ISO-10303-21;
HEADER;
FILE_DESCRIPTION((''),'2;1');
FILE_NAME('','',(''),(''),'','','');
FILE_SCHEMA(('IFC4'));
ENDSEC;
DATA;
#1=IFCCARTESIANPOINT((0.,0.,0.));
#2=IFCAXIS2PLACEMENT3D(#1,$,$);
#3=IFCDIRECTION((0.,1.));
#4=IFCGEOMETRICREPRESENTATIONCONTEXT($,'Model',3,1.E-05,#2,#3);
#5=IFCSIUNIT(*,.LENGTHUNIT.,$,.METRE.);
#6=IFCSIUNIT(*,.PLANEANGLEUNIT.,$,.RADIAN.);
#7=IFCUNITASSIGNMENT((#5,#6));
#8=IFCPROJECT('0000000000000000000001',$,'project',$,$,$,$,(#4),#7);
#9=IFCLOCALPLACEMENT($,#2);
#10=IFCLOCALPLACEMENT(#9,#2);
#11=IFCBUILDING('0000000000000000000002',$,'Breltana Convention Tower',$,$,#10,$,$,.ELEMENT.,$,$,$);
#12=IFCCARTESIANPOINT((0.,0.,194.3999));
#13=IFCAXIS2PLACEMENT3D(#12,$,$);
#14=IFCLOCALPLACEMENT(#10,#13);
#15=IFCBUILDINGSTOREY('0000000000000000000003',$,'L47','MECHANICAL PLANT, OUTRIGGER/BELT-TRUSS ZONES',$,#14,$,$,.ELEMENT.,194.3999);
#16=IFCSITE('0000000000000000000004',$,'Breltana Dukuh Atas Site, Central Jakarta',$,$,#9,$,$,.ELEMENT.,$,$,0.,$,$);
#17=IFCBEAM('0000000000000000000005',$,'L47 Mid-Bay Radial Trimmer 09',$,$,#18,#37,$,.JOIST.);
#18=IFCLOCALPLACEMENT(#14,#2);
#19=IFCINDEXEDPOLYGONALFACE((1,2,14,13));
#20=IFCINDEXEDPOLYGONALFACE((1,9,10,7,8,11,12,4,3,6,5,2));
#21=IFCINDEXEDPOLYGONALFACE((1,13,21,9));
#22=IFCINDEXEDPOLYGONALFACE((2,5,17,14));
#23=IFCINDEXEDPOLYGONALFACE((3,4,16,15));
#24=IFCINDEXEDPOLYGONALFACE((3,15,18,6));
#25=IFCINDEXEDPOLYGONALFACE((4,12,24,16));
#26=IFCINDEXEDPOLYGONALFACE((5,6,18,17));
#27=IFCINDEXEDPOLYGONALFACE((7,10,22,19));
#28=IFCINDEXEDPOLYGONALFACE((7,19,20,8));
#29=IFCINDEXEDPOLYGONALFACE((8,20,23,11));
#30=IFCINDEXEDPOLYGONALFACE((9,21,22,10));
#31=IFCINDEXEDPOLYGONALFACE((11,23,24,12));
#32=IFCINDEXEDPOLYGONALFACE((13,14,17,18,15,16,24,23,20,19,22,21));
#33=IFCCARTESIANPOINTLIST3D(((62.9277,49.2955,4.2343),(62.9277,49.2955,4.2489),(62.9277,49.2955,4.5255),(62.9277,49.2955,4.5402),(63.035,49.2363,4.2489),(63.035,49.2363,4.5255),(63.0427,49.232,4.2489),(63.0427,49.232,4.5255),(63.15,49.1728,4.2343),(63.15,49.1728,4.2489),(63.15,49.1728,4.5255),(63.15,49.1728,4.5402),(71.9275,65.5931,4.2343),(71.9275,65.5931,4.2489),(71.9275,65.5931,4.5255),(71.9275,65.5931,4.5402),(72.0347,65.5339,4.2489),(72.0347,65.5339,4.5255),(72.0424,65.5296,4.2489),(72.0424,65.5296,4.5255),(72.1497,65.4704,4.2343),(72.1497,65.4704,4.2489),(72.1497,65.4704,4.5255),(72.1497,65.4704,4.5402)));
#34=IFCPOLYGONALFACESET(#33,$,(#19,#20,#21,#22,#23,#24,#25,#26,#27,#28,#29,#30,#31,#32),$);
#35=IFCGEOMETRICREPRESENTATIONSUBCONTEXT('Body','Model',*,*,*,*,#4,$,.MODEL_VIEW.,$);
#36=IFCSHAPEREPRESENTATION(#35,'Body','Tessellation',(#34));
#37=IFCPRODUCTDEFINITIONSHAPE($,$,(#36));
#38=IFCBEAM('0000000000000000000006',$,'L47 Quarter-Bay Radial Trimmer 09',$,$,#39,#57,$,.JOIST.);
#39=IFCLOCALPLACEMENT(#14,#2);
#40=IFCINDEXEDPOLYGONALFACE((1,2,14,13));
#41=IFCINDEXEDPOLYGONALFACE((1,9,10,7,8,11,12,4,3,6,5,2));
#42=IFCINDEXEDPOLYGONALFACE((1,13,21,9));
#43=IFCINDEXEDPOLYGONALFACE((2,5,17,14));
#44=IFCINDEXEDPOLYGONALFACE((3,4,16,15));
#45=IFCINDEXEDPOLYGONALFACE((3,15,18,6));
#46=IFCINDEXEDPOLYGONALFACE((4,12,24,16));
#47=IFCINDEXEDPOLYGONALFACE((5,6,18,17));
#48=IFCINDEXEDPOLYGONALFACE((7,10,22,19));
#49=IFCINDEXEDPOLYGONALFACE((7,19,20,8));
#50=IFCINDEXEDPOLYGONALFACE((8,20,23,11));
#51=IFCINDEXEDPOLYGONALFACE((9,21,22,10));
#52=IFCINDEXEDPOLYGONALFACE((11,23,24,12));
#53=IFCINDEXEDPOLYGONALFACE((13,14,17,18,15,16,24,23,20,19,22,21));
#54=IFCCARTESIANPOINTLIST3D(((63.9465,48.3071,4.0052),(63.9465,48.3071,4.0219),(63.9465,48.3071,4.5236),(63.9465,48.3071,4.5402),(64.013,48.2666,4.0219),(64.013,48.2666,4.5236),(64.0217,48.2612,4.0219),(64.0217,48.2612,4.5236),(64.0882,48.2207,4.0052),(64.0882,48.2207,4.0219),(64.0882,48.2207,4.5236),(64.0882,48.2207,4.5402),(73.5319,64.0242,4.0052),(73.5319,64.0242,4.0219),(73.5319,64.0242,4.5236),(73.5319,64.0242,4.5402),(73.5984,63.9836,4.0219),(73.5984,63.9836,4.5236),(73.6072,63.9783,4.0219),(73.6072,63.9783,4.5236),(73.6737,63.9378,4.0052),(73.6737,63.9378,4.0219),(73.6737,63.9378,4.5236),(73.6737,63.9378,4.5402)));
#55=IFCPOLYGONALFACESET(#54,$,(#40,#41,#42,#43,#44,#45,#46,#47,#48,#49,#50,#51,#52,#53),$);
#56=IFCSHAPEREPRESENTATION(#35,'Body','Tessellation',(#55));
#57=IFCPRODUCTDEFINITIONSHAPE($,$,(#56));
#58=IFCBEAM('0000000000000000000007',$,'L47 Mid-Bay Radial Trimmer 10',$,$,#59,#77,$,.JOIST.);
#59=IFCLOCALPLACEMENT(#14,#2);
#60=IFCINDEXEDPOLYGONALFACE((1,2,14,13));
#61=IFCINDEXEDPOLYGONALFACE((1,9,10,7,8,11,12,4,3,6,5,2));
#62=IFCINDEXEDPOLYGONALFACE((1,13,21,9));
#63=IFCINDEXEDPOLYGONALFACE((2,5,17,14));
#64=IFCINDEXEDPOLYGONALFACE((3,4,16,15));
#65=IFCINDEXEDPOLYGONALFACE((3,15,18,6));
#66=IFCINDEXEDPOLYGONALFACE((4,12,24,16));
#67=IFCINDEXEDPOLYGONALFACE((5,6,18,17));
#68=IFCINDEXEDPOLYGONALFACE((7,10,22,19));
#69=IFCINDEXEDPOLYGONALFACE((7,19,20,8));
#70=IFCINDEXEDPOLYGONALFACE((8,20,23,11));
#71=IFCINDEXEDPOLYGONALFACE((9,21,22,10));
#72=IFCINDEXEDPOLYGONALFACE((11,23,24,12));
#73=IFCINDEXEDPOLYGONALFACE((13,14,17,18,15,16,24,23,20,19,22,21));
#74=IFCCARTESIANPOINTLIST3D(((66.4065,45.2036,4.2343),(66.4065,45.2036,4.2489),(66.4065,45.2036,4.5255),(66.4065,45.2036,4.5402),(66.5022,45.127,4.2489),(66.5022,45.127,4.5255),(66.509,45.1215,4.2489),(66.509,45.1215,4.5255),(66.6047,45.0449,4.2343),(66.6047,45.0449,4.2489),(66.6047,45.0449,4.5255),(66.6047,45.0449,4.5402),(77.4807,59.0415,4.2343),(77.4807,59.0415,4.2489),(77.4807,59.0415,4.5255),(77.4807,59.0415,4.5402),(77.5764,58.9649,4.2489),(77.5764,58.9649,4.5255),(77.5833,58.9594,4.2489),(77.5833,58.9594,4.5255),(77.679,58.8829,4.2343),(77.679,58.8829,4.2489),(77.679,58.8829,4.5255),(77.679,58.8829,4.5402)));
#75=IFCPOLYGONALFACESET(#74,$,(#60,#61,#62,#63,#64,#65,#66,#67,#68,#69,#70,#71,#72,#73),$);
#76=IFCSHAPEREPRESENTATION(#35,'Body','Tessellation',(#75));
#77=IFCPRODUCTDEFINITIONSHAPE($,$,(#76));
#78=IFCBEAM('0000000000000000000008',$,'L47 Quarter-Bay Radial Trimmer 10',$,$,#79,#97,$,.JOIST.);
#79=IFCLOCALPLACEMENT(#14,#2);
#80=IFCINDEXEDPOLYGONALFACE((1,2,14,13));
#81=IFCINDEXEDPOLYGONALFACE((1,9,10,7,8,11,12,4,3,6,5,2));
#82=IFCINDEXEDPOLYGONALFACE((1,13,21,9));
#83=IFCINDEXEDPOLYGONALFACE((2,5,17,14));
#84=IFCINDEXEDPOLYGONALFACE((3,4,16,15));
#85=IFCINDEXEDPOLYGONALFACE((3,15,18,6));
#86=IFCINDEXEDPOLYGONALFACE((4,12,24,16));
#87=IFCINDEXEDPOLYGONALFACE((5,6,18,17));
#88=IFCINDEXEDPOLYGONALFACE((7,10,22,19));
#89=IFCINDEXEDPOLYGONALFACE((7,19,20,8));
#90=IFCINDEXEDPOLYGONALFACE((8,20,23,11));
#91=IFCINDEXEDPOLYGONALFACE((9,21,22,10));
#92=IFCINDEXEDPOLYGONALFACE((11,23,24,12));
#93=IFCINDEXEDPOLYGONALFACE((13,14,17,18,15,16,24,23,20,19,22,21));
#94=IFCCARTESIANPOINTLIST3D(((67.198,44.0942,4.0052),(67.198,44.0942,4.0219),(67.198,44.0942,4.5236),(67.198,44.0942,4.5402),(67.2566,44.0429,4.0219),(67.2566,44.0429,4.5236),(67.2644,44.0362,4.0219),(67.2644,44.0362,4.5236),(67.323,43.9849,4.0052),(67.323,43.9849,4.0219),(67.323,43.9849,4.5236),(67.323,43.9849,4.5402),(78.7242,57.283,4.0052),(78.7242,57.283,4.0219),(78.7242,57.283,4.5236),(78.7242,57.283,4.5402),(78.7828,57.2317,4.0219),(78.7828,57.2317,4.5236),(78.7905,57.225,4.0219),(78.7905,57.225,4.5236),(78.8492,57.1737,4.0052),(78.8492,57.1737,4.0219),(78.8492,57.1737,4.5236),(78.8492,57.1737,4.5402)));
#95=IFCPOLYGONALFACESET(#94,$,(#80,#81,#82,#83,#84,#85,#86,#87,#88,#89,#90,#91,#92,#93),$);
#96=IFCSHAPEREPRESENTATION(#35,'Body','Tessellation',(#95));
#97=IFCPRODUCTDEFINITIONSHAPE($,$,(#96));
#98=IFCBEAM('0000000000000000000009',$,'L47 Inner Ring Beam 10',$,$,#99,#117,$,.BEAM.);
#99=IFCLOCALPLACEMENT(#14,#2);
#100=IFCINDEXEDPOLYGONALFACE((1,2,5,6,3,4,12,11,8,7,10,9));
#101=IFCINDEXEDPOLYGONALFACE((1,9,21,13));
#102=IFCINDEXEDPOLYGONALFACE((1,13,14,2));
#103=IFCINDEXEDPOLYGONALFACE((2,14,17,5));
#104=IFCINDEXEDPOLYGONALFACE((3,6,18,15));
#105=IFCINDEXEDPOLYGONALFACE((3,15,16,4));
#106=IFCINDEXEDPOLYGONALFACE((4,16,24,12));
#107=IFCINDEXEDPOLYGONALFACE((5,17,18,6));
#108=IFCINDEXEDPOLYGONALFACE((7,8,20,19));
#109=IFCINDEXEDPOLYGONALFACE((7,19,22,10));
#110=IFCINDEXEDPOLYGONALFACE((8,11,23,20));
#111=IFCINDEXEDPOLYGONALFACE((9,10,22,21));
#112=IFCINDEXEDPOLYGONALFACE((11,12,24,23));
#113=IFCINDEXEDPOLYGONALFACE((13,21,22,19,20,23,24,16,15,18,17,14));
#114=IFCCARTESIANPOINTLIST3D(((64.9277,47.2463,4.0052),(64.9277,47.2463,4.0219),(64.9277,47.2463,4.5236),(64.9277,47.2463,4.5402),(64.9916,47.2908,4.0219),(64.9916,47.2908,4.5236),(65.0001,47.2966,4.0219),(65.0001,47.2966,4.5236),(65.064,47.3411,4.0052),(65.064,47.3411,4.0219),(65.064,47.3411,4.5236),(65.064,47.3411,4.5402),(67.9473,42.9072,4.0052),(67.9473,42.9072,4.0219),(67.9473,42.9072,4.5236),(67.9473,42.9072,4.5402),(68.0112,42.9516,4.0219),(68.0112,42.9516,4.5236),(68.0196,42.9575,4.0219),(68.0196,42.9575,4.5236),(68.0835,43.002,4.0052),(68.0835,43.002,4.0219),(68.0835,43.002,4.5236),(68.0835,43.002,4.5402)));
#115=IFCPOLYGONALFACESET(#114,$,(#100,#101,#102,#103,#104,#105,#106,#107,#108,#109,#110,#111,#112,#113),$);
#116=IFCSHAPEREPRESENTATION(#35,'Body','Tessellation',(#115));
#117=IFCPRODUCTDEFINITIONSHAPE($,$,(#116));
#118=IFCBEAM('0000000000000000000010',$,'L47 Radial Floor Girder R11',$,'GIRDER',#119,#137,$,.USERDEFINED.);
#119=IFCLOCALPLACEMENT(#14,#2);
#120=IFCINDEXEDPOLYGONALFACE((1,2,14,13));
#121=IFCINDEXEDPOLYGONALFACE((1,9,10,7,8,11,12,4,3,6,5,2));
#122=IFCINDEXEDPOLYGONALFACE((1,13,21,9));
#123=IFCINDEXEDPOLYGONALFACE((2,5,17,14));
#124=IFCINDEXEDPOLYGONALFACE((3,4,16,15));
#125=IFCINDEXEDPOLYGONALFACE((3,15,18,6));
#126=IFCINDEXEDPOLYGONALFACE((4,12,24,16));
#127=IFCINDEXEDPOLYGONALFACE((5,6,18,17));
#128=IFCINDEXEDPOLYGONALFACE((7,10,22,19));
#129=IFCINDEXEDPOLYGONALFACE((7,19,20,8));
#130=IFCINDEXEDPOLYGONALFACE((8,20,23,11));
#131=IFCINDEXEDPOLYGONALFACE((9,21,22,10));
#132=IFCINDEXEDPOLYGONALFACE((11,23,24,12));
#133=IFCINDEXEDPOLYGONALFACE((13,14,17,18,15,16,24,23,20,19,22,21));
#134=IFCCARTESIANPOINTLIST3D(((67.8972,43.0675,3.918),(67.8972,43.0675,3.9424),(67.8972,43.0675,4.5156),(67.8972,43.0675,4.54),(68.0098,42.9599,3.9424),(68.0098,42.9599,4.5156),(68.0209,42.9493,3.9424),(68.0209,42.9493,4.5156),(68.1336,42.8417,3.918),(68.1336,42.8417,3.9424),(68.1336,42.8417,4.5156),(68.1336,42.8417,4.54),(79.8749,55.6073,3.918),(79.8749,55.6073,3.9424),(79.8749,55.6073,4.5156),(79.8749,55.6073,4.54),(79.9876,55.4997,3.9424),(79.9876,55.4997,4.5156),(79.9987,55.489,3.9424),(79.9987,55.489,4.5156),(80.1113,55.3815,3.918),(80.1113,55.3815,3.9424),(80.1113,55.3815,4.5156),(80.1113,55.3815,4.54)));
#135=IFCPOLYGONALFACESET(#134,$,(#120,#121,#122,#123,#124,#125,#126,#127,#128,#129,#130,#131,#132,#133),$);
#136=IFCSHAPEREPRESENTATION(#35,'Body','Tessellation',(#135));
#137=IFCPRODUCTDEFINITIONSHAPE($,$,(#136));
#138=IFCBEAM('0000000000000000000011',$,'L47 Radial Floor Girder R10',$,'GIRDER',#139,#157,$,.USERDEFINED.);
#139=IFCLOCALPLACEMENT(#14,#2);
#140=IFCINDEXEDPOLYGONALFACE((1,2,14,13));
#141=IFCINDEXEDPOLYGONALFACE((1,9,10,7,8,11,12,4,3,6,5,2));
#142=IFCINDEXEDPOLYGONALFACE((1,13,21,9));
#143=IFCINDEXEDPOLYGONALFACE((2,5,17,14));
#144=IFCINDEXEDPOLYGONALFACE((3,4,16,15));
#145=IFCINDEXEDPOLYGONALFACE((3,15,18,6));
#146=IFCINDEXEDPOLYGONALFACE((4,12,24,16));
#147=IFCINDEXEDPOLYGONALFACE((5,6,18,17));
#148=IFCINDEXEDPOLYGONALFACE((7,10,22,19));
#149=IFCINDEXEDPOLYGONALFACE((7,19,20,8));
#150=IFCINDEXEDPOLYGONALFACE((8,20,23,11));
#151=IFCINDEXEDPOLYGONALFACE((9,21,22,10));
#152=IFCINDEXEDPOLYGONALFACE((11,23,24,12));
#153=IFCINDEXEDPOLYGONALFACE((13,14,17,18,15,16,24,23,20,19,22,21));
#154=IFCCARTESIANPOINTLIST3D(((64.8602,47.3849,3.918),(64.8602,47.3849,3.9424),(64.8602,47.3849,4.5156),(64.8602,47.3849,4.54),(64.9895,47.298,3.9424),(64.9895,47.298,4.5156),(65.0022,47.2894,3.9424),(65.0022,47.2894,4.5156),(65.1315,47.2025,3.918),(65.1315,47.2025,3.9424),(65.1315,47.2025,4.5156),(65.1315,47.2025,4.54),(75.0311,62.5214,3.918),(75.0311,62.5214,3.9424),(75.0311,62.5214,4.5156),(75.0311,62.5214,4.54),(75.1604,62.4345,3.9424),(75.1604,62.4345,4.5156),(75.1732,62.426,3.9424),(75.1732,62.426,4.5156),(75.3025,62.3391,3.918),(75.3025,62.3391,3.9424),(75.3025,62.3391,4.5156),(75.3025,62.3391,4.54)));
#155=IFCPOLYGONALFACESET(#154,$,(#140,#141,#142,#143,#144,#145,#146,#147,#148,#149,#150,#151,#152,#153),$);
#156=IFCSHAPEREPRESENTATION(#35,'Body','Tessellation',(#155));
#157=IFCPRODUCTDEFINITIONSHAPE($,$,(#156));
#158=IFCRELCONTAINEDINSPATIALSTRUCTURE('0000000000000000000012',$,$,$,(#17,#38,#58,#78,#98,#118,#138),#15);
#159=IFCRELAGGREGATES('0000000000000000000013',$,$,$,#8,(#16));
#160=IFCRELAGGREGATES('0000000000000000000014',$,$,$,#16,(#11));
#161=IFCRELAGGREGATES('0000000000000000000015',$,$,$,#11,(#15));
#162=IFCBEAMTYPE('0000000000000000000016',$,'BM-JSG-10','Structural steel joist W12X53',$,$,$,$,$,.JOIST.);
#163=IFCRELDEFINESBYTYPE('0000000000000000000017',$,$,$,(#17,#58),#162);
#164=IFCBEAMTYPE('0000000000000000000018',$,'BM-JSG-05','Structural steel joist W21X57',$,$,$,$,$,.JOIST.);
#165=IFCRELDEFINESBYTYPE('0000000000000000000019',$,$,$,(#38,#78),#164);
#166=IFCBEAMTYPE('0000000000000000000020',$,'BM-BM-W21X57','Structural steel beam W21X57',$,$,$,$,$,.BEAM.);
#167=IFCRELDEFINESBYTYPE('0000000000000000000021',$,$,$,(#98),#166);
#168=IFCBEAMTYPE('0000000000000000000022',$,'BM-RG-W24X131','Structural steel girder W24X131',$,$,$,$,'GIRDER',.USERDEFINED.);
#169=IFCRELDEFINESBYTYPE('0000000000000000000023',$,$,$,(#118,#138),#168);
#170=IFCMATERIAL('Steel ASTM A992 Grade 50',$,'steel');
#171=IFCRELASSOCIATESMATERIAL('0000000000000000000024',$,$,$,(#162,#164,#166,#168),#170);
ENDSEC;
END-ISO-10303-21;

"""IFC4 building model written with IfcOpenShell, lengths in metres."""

from ifc_helpers import new_model, si_unit, direction, frame, origin, origin_2d, place, context, subcontext, project, spatial, i_section, extrude, source, transform, mapped, material, material_profile, profile_set, type_object, type_shapes, element, save


model = new_model("IFC4")

# Units and contexts
model_context = context("Model", 3, precision=1e-05, world=origin(), true_north=direction((0.0, 1.0)))
body_context = subcontext(model_context, "Body", "Model", "MODEL_VIEW")
ifc_project = project(units=[si_unit("LENGTHUNIT", "METRE"), si_unit("PLANEANGLEUNIT", "RADIAN")], contexts=[model_context])

# Site, building, storey
site_placement = place(None, origin())
site = spatial("IfcSite", under=ifc_project, at=site_placement, Name="Breltana Dukuh Atas Site, Central Jakarta", CompositionType="ELEMENT", RefElevation=0.0)
building_placement = place(site_placement, origin())
building = spatial("IfcBuilding", under=site, at=building_placement, Name="Breltana Convention Tower", CompositionType="ELEMENT")
storey_placement = place(building_placement, frame((0.0, 0.0, 194.3999)))
storey = spatial("IfcBuildingStorey", under=building, at=storey_placement, Name="L47", Description="MECHANICAL PLANT, OUTRIGGER/BELT-TRUSS ZONES", CompositionType="ELEMENT", Elevation=194.3999)

# Beams
ifc_material_1 = material(Name="Steel ASTM A992 Grade 50", Category="steel")
ifc_material_profile_1 = material_profile(ifc_material_1, i_section(OverallWidth=0.2539, OverallDepth=0.3059, WebThickness=0.0088, FlangeThickness=0.0146, at=origin_2d()), Name="W12X53")
ifc_profile_set_1 = profile_set([ifc_material_profile_1], Name="Steel ASTM A992 Grade 50")
beam_type_1 = type_object("IfcBeamType", Name="BM-JSG-10", Description="Structural steel joist W12X53", PredefinedType="JOIST", material=ifc_profile_set_1)
shared_shape_1 = source(origin(), body_context, "Body", "SweptSolid", [
    extrude(i_section(OverallWidth=0.2539, OverallDepth=0.3059, WebThickness=0.0088, FlangeThickness=0.0146, at=origin_2d()), origin(), (0.0, 0.0, 1.0), 18.6174),
])
beam_1_placement = place(storey_placement, frame((63.0388, 49.2341, 4.3872), z_axis=(0.483406, 0.875396, 0.0), x_axis=(-0.875396, 0.483406, 0.0)))
element("IfcBeam", 1, at=beam_1_placement, inside=storey, type_object=beam_type_1, Name="L47 Mid-Bay Radial Trimmer 09", PredefinedType="JOIST", context=body_context, shape_type="MappedRepresentation", body=[
    mapped(shared_shape_1, transform((0.0, 0.0, 0.0), scale=1.0)),
])
ifc_material_profile_2 = material_profile(ifc_material_1, i_section(OverallWidth=0.166, OverallDepth=0.5349, WebThickness=0.0103, FlangeThickness=0.0166, at=origin_2d()), Name="W21X57")
ifc_profile_set_2 = profile_set([ifc_material_profile_2], Name="Steel ASTM A992 Grade 50")
beam_type_2 = type_object("IfcBeamType", Name="BM-JSG-05", Description="Structural steel joist W21X57", PredefinedType="JOIST", material=ifc_profile_set_2)
shared_shape_2 = source(origin(), body_context, "Body", "SweptSolid", [
    extrude(i_section(OverallWidth=0.166, OverallDepth=0.5349, WebThickness=0.0103, FlangeThickness=0.0166, at=origin_2d()), origin(), (0.0, 0.0, 1.0), 18.4094),
])
beam_2_placement = place(storey_placement, frame((64.0173, 48.2639, 4.2727), z_axis=(0.520682, 0.853751, 0.0), x_axis=(-0.853751, 0.520682, 0.0)))
element("IfcBeam", 2, at=beam_2_placement, inside=storey, type_object=beam_type_2, Name="L47 Quarter-Bay Radial Trimmer 09", PredefinedType="JOIST", context=body_context, shape_type="MappedRepresentation", body=[
    mapped(shared_shape_2, transform((0.0, 0.0, 0.0), scale=1.0)),
])
shared_shape_3 = source(origin(), body_context, "Body", "SweptSolid", [
    extrude(i_section(OverallWidth=0.2539, OverallDepth=0.3059, WebThickness=0.0088, FlangeThickness=0.0146, at=origin_2d()), origin(), (0.0, 0.0, 1.0), 17.7236),
])
beam_3_placement = place(storey_placement, frame((66.5056, 45.1243, 4.3872), z_axis=(0.624829, 0.780761, 0.0), x_axis=(-0.780761, 0.624829, 0.0)))
element("IfcBeam", 3, at=beam_3_placement, inside=storey, type_object=beam_type_1, Name="L47 Mid-Bay Radial Trimmer 10", PredefinedType="JOIST", context=body_context, shape_type="MappedRepresentation", body=[
    mapped(shared_shape_3, transform((0.0, 0.0, 0.0), scale=1.0)),
])
shared_shape_4 = source(origin(), body_context, "Body", "SweptSolid", [
    extrude(i_section(OverallWidth=0.166, OverallDepth=0.5349, WebThickness=0.0103, FlangeThickness=0.0166, at=origin_2d()), origin(), (0.0, 0.0, 1.0), 17.5156),
])
beam_4_placement = place(storey_placement, frame((67.2605, 44.0396, 4.2727), z_axis=(0.658052, 0.752973, 0.0), x_axis=(-0.752973, 0.658052, 0.0)))
element("IfcBeam", 4, at=beam_4_placement, inside=storey, type_object=beam_type_2, Name="L47 Quarter-Bay Radial Trimmer 10", PredefinedType="JOIST", context=body_context, shape_type="MappedRepresentation", body=[
    mapped(shared_shape_4, transform((0.0, 0.0, 0.0), scale=1.0)),
])
ifc_material_profile_3 = material_profile(ifc_material_1, i_section(OverallWidth=0.166, OverallDepth=0.5349, WebThickness=0.0103, FlangeThickness=0.0166, at=origin_2d()), Name="W21X57")
ifc_profile_set_3 = profile_set([ifc_material_profile_3], Name="Steel ASTM A992 Grade 50")
beam_type_3 = type_object("IfcBeamType", Name="BM-BM-W21X57", Description="Structural steel beam W21X57", PredefinedType="BEAM", material=ifc_profile_set_3)
shared_shape_5 = source(origin(), body_context, "Body", "SweptSolid", [
    extrude(i_section(OverallWidth=0.166, OverallDepth=0.5349, WebThickness=0.0103, FlangeThickness=0.0166, at=origin_2d()), origin(), (0.0, 0.0, 1.0), 5.2864),
])
beam_5_placement = place(storey_placement, frame((64.9958, 47.2937, 4.2727), z_axis=(0.571194, -0.820815, 0.0), x_axis=(0.820815, 0.571194, 0.0)))
element("IfcBeam", 5, at=beam_5_placement, inside=storey, type_object=beam_type_3, Name="L47 Inner Ring Beam 10", PredefinedType="BEAM", context=body_context, shape_type="MappedRepresentation", body=[
    mapped(shared_shape_5, transform((0.0, 0.0, 0.0), scale=1.0)),
])
ifc_material_profile_4 = material_profile(ifc_material_1, i_section(OverallWidth=0.3269, OverallDepth=0.6221, WebThickness=0.0154, FlangeThickness=0.0244, at=origin_2d()), Name="W24X131")
ifc_profile_set_4 = profile_set([ifc_material_profile_4], Name="Steel ASTM A992 Grade 50")
beam_type_4 = type_object("IfcBeamType", Name="BM-RG-W24X131", Description="Structural steel girder W24X131", ElementType="GIRDER", PredefinedType="USERDEFINED", material=ifc_profile_set_4)
shared_shape_6 = source(origin(), body_context, "Body", "SweptSolid", [
    extrude(i_section(OverallWidth=0.3269, OverallDepth=0.6221, WebThickness=0.0154, FlangeThickness=0.0244, at=origin_2d()), origin(), (0.0, 0.0, 1.0), 17.3411),
])
type_shapes(beam_type_4, [shared_shape_6])
beam_6_placement = place(storey_placement, frame((68.0154, 42.9546, 4.229), z_axis=(0.690716, 0.723126, 0.0), x_axis=(-0.723126, 0.690716, 0.0)))
element("IfcBeam", 6, at=beam_6_placement, inside=storey, type_object=beam_type_4, Name="L47 Radial Floor Girder R11", ObjectType="GIRDER", PredefinedType="USERDEFINED", context=body_context, shape_type="MappedRepresentation", body=[
    mapped(shared_shape_6, transform((0.0, 0.0, 0.0), scale=1.0)),
])
shared_shape_7 = source(origin(), body_context, "Body", "SweptSolid", [
    extrude(i_section(OverallWidth=0.3269, OverallDepth=0.6221, WebThickness=0.0154, FlangeThickness=0.0244, at=origin_2d()), origin(), (0.0, 0.0, 1.0), 18.2363),
])
beam_7_placement = place(storey_placement, frame((64.9958, 47.2937, 4.229), z_axis=(0.55773, 0.830022, 0.0), x_axis=(-0.830022, 0.55773, 0.0)))
element("IfcBeam", 7, at=beam_7_placement, inside=storey, type_object=beam_type_4, Name="L47 Radial Floor Girder R10", ObjectType="GIRDER", PredefinedType="USERDEFINED", context=body_context, shape_type="MappedRepresentation", body=[
    mapped(shared_shape_7, transform((0.0, 0.0, 0.0), scale=1.0)),
])

save(model, "model.ifc")
